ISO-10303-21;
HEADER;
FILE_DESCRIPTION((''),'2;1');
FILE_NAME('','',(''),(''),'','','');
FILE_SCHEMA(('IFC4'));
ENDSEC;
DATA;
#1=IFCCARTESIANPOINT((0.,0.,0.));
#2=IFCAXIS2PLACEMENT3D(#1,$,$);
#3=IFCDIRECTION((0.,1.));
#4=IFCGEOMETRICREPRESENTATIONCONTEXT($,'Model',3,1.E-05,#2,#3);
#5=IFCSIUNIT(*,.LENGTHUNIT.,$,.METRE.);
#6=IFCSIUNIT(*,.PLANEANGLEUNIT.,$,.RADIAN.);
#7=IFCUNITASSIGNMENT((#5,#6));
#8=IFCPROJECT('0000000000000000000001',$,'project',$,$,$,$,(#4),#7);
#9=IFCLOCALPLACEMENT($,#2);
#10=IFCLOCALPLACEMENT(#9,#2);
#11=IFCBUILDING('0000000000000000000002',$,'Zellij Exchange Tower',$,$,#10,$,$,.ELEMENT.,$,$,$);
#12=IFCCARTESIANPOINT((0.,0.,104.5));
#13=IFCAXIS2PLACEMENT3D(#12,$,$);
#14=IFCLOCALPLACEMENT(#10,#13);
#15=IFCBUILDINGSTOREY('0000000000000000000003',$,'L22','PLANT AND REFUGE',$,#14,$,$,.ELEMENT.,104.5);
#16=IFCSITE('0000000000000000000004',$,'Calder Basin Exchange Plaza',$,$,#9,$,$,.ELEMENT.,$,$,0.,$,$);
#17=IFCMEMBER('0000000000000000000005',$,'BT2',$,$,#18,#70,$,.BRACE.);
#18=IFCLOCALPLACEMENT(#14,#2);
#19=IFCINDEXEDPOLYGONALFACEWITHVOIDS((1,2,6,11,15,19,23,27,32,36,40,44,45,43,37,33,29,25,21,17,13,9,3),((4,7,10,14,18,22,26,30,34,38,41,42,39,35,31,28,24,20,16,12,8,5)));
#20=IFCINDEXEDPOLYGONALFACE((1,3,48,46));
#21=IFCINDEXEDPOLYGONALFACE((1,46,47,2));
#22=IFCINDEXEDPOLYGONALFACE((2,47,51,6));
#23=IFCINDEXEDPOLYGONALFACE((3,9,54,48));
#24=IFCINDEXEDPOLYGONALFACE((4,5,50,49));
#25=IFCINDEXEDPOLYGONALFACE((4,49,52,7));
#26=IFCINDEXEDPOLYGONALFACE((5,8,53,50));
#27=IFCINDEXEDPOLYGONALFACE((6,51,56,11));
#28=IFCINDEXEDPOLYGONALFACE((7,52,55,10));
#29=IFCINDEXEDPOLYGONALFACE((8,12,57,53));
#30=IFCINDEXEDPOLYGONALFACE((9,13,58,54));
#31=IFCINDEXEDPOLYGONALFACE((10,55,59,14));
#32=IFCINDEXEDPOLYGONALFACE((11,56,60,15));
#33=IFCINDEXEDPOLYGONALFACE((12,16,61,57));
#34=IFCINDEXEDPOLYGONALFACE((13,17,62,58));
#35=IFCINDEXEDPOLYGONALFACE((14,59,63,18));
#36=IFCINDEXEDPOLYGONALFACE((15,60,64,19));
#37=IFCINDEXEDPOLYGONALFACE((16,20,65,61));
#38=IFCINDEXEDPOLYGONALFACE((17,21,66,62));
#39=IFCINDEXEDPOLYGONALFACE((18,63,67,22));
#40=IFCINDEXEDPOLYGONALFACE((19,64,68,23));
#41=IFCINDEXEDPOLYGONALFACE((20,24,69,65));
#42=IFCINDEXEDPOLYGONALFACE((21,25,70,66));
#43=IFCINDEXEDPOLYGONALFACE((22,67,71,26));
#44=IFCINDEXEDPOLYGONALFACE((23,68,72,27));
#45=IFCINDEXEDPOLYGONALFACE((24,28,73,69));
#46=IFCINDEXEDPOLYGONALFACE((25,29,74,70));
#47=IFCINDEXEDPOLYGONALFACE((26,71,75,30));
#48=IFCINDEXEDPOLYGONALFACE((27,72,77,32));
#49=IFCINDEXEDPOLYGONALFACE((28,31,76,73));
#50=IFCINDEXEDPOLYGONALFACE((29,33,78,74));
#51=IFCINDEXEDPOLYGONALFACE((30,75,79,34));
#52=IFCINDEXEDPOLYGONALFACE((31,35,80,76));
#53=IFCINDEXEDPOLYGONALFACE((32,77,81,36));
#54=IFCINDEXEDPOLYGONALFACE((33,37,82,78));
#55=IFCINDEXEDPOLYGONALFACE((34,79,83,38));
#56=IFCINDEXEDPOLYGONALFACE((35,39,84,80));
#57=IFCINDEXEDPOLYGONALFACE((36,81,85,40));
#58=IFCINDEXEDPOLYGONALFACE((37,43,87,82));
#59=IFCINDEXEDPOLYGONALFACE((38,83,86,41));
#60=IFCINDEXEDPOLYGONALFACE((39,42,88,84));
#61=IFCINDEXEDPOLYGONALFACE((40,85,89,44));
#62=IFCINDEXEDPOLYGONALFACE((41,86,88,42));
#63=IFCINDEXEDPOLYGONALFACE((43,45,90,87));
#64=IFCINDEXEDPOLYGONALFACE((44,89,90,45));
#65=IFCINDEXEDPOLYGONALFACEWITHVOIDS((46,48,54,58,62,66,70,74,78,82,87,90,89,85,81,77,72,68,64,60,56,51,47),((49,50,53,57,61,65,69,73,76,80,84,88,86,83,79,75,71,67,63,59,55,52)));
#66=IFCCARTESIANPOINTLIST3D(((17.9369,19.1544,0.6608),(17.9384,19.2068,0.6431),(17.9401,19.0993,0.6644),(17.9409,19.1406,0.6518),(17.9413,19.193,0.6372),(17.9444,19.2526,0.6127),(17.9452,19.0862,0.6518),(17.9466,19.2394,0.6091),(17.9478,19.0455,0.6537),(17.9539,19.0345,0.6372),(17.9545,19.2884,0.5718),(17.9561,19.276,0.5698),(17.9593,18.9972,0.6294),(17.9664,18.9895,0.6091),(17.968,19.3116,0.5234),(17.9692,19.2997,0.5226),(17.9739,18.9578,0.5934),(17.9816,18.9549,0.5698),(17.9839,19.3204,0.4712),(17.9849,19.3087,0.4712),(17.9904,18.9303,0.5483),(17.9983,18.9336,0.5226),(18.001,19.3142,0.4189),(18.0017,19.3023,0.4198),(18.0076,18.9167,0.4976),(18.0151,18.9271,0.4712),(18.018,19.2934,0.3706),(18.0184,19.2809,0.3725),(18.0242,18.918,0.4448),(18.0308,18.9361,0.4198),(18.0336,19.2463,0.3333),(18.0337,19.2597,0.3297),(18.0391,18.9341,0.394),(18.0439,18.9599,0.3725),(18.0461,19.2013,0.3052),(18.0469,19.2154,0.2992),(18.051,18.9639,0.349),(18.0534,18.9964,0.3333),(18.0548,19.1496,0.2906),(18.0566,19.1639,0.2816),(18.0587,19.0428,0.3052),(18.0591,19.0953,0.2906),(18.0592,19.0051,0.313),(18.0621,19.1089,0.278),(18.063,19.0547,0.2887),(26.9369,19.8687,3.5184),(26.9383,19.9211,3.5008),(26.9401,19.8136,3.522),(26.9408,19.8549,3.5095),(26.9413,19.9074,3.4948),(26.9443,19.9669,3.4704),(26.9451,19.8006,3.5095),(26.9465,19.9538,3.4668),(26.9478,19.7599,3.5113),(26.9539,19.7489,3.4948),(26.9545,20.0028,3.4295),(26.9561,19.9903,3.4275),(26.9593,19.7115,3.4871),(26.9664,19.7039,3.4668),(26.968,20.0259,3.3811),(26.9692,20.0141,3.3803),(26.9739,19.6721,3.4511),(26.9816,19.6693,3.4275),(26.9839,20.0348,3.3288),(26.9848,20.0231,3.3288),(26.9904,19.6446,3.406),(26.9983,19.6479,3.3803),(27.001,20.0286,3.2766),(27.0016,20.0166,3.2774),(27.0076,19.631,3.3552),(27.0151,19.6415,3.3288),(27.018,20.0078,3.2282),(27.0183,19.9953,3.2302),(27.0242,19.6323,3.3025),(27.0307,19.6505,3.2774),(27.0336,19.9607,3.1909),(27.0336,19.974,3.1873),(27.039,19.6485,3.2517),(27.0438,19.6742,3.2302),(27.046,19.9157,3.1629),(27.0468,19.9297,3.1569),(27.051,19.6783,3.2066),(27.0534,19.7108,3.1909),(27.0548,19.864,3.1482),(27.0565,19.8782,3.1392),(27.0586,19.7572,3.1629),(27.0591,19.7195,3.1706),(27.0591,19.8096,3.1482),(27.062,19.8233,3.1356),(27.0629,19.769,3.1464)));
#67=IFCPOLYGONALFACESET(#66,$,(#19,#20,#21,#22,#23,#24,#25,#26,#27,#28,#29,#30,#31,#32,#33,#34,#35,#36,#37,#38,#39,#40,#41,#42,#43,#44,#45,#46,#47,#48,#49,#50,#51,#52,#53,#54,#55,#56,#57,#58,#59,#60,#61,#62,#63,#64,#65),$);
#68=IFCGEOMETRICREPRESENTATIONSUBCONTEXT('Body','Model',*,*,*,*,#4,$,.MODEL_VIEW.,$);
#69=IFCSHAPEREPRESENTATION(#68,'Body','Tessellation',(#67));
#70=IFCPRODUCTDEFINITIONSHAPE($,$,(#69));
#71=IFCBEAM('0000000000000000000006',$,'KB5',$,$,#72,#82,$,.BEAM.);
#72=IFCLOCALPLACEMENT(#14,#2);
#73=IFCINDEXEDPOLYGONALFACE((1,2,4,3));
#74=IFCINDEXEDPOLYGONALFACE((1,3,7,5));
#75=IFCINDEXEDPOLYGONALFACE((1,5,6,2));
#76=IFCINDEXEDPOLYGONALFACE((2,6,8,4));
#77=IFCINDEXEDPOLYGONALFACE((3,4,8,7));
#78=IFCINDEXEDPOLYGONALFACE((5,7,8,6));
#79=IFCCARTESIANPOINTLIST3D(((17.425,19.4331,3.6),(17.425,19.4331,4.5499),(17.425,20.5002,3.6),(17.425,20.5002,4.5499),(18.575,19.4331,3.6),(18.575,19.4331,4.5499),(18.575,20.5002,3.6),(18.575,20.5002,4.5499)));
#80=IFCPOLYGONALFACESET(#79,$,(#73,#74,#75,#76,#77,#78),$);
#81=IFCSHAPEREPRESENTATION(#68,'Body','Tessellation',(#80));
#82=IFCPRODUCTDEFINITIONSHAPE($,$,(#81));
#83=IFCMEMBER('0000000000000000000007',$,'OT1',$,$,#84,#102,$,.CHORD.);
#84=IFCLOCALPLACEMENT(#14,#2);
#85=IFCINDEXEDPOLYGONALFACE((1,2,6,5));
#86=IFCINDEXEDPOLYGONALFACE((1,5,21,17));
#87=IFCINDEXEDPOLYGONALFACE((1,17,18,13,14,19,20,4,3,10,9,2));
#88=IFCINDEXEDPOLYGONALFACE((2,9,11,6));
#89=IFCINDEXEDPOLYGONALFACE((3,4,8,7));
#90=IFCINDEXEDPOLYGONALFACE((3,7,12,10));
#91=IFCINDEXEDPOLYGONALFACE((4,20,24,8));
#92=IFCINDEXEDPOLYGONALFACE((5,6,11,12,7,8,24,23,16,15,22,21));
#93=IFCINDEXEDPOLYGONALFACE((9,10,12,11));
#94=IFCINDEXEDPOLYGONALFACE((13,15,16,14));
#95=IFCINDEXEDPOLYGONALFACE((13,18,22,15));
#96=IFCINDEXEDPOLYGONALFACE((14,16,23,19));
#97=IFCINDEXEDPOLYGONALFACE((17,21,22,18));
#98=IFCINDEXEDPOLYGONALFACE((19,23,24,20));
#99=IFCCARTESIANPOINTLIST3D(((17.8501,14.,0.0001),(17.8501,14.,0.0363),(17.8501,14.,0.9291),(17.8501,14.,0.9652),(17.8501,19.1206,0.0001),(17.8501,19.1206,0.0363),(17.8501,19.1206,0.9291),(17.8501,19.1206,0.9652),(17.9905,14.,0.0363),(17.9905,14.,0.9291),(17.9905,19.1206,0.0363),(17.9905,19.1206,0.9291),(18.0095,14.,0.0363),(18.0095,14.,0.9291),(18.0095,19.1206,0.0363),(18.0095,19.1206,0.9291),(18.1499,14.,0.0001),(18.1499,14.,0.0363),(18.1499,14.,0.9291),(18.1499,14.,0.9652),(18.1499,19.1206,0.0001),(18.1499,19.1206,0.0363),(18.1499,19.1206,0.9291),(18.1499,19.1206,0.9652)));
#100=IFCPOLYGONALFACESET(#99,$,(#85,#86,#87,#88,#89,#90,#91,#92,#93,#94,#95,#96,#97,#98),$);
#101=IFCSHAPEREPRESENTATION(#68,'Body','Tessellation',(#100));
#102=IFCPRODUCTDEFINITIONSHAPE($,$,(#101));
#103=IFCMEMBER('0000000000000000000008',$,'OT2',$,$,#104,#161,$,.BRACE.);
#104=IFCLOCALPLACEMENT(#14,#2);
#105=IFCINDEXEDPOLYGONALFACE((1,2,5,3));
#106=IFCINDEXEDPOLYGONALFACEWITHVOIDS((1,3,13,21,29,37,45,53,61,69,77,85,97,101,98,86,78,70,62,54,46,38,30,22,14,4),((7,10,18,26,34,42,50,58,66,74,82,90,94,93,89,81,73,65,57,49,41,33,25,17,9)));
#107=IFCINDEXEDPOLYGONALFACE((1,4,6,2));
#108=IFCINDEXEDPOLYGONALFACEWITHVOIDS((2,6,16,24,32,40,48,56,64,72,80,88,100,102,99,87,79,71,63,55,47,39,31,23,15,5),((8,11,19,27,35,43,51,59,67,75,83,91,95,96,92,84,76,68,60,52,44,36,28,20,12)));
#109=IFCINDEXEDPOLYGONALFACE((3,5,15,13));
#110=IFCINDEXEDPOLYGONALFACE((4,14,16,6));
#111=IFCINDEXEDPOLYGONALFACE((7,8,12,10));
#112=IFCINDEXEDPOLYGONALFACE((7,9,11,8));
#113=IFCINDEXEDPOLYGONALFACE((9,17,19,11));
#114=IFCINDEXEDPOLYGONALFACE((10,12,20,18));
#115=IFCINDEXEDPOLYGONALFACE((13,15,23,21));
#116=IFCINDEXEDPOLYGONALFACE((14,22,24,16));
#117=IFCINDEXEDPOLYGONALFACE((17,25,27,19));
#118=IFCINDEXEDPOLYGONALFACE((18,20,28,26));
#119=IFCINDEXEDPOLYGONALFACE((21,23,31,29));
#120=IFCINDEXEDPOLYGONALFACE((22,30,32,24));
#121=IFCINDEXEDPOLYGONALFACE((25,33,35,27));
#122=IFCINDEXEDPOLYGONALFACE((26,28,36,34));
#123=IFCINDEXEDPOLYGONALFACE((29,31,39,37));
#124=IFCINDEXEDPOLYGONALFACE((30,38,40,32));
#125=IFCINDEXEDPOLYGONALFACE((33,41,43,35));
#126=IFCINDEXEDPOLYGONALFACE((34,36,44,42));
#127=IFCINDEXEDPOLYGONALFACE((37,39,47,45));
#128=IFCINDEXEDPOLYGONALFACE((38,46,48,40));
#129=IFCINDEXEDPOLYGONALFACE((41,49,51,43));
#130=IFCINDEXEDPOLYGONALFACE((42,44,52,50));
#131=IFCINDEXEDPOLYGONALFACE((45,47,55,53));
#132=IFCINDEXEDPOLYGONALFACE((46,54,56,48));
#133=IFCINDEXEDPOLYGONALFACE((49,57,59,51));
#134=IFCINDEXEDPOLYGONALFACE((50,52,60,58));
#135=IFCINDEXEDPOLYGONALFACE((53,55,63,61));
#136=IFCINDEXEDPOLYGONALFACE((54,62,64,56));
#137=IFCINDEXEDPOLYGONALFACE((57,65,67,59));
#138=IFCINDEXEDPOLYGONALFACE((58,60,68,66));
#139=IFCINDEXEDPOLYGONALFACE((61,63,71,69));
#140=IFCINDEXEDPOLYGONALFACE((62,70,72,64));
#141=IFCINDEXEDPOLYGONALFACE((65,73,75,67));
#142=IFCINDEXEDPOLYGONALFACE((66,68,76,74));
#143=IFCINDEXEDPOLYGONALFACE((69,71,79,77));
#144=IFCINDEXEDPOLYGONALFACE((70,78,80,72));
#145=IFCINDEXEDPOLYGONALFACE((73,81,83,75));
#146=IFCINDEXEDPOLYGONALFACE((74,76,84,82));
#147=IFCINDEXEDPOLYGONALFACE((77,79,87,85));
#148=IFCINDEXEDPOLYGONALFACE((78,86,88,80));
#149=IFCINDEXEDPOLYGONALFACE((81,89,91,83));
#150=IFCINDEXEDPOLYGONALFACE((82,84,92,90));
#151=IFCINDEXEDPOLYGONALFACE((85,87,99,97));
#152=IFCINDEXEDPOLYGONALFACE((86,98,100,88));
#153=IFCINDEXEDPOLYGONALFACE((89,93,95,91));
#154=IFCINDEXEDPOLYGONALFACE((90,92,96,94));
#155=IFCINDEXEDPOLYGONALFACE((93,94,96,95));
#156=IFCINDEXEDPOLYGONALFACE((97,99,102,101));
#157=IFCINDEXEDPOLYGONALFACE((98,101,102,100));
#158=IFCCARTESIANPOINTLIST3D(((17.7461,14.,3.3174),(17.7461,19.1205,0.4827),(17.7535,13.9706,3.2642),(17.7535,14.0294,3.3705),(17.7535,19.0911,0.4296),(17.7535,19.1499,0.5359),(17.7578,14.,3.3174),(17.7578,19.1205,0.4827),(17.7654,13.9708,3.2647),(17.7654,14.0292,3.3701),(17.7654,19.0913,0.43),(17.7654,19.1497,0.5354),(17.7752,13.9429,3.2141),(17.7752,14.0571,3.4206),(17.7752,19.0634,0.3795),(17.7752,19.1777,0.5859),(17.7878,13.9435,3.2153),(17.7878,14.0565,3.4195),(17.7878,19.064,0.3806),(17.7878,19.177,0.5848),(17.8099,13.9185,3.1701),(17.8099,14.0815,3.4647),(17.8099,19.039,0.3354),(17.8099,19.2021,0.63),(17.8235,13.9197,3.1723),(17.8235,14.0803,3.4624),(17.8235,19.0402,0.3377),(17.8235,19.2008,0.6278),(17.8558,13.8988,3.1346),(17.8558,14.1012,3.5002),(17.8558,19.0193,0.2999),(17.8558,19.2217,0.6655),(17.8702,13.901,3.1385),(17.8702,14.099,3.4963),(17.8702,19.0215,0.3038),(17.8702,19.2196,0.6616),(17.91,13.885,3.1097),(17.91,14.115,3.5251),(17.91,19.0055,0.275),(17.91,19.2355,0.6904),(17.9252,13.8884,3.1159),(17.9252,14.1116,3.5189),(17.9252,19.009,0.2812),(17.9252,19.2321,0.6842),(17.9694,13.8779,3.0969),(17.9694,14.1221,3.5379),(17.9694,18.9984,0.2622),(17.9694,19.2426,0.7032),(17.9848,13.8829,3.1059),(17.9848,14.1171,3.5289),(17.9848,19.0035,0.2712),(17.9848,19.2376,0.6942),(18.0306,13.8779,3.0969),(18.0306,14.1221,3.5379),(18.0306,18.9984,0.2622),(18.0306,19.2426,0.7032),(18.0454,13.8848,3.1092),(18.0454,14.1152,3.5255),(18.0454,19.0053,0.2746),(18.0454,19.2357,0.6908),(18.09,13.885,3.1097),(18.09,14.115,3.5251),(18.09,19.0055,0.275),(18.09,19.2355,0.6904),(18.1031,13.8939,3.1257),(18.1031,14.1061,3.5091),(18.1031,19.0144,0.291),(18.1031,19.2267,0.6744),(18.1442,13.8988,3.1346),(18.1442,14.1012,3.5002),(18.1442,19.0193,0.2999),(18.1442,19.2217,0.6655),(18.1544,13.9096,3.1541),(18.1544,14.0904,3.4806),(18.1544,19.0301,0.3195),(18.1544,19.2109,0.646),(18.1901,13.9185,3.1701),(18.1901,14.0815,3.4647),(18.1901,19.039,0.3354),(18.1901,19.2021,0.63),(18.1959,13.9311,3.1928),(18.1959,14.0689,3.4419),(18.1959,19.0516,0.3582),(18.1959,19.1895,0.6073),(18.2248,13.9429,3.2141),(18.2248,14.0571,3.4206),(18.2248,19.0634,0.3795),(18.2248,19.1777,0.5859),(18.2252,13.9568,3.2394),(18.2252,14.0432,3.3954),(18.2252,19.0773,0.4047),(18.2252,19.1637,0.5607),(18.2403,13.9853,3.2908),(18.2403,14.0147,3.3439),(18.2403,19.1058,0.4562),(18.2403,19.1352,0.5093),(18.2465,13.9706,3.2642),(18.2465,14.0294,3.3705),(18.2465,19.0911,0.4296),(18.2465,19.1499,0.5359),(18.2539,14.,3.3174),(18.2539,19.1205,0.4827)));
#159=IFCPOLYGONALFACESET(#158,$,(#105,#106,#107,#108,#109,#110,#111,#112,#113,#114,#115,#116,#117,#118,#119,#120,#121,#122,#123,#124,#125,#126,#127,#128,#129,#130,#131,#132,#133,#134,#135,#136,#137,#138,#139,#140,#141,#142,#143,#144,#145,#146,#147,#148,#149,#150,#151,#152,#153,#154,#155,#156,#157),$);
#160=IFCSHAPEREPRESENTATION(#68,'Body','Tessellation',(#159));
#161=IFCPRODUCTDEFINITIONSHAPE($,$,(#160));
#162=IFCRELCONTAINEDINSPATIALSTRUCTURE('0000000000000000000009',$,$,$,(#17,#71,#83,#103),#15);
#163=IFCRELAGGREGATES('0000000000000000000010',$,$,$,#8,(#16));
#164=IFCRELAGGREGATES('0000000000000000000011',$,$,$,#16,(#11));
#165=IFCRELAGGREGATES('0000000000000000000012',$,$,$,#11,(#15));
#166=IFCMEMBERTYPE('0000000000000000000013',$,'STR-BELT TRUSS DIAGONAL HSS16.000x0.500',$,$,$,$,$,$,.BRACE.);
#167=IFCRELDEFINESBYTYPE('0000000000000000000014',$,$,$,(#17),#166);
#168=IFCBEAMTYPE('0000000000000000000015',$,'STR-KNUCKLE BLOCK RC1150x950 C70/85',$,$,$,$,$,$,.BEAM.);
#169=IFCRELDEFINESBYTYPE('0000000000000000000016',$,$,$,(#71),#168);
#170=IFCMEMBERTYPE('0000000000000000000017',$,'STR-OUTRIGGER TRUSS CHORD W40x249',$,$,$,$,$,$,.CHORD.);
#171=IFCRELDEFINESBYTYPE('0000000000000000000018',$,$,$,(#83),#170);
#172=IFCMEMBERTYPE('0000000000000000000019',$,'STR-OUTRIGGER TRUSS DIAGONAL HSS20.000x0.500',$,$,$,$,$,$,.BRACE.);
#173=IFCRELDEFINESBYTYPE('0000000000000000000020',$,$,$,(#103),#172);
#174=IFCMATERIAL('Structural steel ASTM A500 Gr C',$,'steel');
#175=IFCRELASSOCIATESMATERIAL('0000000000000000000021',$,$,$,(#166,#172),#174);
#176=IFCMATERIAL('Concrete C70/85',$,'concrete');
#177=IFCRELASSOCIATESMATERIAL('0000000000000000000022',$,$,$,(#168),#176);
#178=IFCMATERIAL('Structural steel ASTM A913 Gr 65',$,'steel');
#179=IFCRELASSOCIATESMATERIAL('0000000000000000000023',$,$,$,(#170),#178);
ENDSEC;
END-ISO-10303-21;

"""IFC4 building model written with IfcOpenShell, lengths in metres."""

from ifc_helpers import new_model, si_unit, direction, frame, origin, origin_2d, place, context, subcontext, project, spatial, rectangle, hollow_circle, i_section, extrude, material, material_profile, profile_set, type_object, element, save


model = new_model("IFC4")

# Units and contexts
model_context = context("Model", 3, precision=1e-05, world=origin(), true_north=direction((0.0, 1.0)))
body_context = subcontext(model_context, "Body", "Model", "MODEL_VIEW")
ifc_project = project(units=[si_unit("LENGTHUNIT", "METRE"), si_unit("PLANEANGLEUNIT", "RADIAN")], contexts=[model_context])

# Site, building, storey
site_placement = place(None, origin())
site = spatial("IfcSite", under=ifc_project, at=site_placement, Name="Calder Basin Exchange Plaza", CompositionType="ELEMENT", RefElevation=0.0)
building_placement = place(site_placement, origin())
building = spatial("IfcBuilding", under=site, at=building_placement, Name="Zellij Exchange Tower", CompositionType="ELEMENT")
storey_placement = place(building_placement, frame((0.0, 0.0, 104.5)))
storey = spatial("IfcBuildingStorey", under=building, at=storey_placement, Name="L22", Description="PLANT AND REFUGE", CompositionType="ELEMENT", Elevation=104.5)

# Shared definitions
ifc_material_1 = material(Name="Concrete C70/85", Category="concrete")

# Member
ifc_material_2 = material(Name="Structural steel ASTM A500 Gr C", Category="steel")
ifc_material_profile_1 = material_profile(ifc_material_2, hollow_circle(Radius=0.2031, WallThickness=0.0117, at=origin_2d()), Name="STR-BELT TRUSS DIAGONAL HSS16.000x0.500")
ifc_profile_set_1 = profile_set([ifc_material_profile_1], Name="Structural steel ASTM A500 Gr C")
member_type_1 = type_object("IfcMemberType", Name="STR-BELT TRUSS DIAGONAL HSS16.000x0.500", PredefinedType="BRACE", material=ifc_profile_set_1)
member_1_placement = place(storey_placement, frame((18.0, 19.1179, 0.4712), z_axis=(0.950393, 0.075435, 0.301767), x_axis=(-0.079124, 0.996865, 0.0)))
element("IfcMember", 1, at=member_1_placement, inside=storey, type_object=member_type_1, Name="BT2", PredefinedType="BRACE", context=body_context, shape_type="SweptSolid", body=[
    extrude(hollow_circle(Radius=0.2031, WallThickness=0.0117, at=origin_2d()), origin(), (0.0, 0.0, 1.0), 9.4697),
])

# Beam
ifc_material_profile_2 = material_profile(ifc_material_1, rectangle(XDim=1.1499, YDim=0.95, at=origin_2d()), Name="STR-KNUCKLE BLOCK RC1150x950 C70/85")
ifc_profile_set_2 = profile_set([ifc_material_profile_2], Name="Concrete C70/85")
beam_type = type_object("IfcBeamType", Name="STR-KNUCKLE BLOCK RC1150x950 C70/85", PredefinedType="BEAM", material=ifc_profile_set_2)
beam_placement = place(storey_placement, frame((18.0, 19.4331, 4.075), z_axis=(0.0, 1.0, 0.0), x_axis=(-1.0, 0.0, 0.0)))
element("IfcBeam", 2, at=beam_placement, inside=storey, type_object=beam_type, Name="KB5", PredefinedType="BEAM", context=body_context, shape_type="SweptSolid", body=[
    extrude(rectangle(XDim=1.1499, YDim=0.95, at=origin_2d()), origin(), (0.0, 0.0, 1.0), 1.0671),
])

# Members
ifc_material_3 = material(Name="Structural steel ASTM A913 Gr 65", Category="steel")
ifc_material_profile_3 = material_profile(ifc_material_3, i_section(OverallWidth=0.2998, OverallDepth=0.9651, WebThickness=0.019, FlangeThickness=0.0361, at=origin_2d()), Name="W40x249")
ifc_profile_set_3 = profile_set([ifc_material_profile_3], Name="Structural steel ASTM A913 Gr 65")
member_type_2 = type_object("IfcMemberType", Name="STR-OUTRIGGER TRUSS CHORD W40x249", PredefinedType="CHORD", material=ifc_profile_set_3)
member_2_placement = place(storey_placement, frame((18.0, 14.0, 0.4827), z_axis=(0.0, 1.0, 0.0), x_axis=(-1.0, 0.0, 0.0)))
element("IfcMember", 3, at=member_2_placement, inside=storey, type_object=member_type_2, Name="OT1", PredefinedType="CHORD", context=body_context, shape_type="SweptSolid", body=[
    extrude(i_section(OverallWidth=0.2998, OverallDepth=0.9651, WebThickness=0.019, FlangeThickness=0.0361, at=origin_2d()), origin(), (0.0, 0.0, 1.0), 5.1206),
])
ifc_material_profile_4 = material_profile(ifc_material_2, hollow_circle(Radius=0.2539, WallThickness=0.0117, at=origin_2d()), Name="STR-OUTRIGGER TRUSS DIAGONAL HSS20.000x0.500")
ifc_profile_set_4 = profile_set([ifc_material_profile_4], Name="Structural steel ASTM A500 Gr C")
member_type_3 = type_object("IfcMemberType", Name="STR-OUTRIGGER TRUSS DIAGONAL HSS20.000x0.500", PredefinedType="BRACE", material=ifc_profile_set_4)
member_3_placement = place(storey_placement, frame((18.0, 14.0, 3.3174), z_axis=(0.0, 0.874886, -0.484328), x_axis=(-1.0, 0.0, 0.0)))
element("IfcMember", 4, at=member_3_placement, inside=storey, type_object=member_type_3, Name="OT2", PredefinedType="BRACE", context=body_context, shape_type="SweptSolid", body=[
    extrude(hollow_circle(Radius=0.2539, WallThickness=0.0117, at=origin_2d()), origin(), (0.0, 0.0, 1.0), 5.8528),
])

save(model, "model.ifc")
